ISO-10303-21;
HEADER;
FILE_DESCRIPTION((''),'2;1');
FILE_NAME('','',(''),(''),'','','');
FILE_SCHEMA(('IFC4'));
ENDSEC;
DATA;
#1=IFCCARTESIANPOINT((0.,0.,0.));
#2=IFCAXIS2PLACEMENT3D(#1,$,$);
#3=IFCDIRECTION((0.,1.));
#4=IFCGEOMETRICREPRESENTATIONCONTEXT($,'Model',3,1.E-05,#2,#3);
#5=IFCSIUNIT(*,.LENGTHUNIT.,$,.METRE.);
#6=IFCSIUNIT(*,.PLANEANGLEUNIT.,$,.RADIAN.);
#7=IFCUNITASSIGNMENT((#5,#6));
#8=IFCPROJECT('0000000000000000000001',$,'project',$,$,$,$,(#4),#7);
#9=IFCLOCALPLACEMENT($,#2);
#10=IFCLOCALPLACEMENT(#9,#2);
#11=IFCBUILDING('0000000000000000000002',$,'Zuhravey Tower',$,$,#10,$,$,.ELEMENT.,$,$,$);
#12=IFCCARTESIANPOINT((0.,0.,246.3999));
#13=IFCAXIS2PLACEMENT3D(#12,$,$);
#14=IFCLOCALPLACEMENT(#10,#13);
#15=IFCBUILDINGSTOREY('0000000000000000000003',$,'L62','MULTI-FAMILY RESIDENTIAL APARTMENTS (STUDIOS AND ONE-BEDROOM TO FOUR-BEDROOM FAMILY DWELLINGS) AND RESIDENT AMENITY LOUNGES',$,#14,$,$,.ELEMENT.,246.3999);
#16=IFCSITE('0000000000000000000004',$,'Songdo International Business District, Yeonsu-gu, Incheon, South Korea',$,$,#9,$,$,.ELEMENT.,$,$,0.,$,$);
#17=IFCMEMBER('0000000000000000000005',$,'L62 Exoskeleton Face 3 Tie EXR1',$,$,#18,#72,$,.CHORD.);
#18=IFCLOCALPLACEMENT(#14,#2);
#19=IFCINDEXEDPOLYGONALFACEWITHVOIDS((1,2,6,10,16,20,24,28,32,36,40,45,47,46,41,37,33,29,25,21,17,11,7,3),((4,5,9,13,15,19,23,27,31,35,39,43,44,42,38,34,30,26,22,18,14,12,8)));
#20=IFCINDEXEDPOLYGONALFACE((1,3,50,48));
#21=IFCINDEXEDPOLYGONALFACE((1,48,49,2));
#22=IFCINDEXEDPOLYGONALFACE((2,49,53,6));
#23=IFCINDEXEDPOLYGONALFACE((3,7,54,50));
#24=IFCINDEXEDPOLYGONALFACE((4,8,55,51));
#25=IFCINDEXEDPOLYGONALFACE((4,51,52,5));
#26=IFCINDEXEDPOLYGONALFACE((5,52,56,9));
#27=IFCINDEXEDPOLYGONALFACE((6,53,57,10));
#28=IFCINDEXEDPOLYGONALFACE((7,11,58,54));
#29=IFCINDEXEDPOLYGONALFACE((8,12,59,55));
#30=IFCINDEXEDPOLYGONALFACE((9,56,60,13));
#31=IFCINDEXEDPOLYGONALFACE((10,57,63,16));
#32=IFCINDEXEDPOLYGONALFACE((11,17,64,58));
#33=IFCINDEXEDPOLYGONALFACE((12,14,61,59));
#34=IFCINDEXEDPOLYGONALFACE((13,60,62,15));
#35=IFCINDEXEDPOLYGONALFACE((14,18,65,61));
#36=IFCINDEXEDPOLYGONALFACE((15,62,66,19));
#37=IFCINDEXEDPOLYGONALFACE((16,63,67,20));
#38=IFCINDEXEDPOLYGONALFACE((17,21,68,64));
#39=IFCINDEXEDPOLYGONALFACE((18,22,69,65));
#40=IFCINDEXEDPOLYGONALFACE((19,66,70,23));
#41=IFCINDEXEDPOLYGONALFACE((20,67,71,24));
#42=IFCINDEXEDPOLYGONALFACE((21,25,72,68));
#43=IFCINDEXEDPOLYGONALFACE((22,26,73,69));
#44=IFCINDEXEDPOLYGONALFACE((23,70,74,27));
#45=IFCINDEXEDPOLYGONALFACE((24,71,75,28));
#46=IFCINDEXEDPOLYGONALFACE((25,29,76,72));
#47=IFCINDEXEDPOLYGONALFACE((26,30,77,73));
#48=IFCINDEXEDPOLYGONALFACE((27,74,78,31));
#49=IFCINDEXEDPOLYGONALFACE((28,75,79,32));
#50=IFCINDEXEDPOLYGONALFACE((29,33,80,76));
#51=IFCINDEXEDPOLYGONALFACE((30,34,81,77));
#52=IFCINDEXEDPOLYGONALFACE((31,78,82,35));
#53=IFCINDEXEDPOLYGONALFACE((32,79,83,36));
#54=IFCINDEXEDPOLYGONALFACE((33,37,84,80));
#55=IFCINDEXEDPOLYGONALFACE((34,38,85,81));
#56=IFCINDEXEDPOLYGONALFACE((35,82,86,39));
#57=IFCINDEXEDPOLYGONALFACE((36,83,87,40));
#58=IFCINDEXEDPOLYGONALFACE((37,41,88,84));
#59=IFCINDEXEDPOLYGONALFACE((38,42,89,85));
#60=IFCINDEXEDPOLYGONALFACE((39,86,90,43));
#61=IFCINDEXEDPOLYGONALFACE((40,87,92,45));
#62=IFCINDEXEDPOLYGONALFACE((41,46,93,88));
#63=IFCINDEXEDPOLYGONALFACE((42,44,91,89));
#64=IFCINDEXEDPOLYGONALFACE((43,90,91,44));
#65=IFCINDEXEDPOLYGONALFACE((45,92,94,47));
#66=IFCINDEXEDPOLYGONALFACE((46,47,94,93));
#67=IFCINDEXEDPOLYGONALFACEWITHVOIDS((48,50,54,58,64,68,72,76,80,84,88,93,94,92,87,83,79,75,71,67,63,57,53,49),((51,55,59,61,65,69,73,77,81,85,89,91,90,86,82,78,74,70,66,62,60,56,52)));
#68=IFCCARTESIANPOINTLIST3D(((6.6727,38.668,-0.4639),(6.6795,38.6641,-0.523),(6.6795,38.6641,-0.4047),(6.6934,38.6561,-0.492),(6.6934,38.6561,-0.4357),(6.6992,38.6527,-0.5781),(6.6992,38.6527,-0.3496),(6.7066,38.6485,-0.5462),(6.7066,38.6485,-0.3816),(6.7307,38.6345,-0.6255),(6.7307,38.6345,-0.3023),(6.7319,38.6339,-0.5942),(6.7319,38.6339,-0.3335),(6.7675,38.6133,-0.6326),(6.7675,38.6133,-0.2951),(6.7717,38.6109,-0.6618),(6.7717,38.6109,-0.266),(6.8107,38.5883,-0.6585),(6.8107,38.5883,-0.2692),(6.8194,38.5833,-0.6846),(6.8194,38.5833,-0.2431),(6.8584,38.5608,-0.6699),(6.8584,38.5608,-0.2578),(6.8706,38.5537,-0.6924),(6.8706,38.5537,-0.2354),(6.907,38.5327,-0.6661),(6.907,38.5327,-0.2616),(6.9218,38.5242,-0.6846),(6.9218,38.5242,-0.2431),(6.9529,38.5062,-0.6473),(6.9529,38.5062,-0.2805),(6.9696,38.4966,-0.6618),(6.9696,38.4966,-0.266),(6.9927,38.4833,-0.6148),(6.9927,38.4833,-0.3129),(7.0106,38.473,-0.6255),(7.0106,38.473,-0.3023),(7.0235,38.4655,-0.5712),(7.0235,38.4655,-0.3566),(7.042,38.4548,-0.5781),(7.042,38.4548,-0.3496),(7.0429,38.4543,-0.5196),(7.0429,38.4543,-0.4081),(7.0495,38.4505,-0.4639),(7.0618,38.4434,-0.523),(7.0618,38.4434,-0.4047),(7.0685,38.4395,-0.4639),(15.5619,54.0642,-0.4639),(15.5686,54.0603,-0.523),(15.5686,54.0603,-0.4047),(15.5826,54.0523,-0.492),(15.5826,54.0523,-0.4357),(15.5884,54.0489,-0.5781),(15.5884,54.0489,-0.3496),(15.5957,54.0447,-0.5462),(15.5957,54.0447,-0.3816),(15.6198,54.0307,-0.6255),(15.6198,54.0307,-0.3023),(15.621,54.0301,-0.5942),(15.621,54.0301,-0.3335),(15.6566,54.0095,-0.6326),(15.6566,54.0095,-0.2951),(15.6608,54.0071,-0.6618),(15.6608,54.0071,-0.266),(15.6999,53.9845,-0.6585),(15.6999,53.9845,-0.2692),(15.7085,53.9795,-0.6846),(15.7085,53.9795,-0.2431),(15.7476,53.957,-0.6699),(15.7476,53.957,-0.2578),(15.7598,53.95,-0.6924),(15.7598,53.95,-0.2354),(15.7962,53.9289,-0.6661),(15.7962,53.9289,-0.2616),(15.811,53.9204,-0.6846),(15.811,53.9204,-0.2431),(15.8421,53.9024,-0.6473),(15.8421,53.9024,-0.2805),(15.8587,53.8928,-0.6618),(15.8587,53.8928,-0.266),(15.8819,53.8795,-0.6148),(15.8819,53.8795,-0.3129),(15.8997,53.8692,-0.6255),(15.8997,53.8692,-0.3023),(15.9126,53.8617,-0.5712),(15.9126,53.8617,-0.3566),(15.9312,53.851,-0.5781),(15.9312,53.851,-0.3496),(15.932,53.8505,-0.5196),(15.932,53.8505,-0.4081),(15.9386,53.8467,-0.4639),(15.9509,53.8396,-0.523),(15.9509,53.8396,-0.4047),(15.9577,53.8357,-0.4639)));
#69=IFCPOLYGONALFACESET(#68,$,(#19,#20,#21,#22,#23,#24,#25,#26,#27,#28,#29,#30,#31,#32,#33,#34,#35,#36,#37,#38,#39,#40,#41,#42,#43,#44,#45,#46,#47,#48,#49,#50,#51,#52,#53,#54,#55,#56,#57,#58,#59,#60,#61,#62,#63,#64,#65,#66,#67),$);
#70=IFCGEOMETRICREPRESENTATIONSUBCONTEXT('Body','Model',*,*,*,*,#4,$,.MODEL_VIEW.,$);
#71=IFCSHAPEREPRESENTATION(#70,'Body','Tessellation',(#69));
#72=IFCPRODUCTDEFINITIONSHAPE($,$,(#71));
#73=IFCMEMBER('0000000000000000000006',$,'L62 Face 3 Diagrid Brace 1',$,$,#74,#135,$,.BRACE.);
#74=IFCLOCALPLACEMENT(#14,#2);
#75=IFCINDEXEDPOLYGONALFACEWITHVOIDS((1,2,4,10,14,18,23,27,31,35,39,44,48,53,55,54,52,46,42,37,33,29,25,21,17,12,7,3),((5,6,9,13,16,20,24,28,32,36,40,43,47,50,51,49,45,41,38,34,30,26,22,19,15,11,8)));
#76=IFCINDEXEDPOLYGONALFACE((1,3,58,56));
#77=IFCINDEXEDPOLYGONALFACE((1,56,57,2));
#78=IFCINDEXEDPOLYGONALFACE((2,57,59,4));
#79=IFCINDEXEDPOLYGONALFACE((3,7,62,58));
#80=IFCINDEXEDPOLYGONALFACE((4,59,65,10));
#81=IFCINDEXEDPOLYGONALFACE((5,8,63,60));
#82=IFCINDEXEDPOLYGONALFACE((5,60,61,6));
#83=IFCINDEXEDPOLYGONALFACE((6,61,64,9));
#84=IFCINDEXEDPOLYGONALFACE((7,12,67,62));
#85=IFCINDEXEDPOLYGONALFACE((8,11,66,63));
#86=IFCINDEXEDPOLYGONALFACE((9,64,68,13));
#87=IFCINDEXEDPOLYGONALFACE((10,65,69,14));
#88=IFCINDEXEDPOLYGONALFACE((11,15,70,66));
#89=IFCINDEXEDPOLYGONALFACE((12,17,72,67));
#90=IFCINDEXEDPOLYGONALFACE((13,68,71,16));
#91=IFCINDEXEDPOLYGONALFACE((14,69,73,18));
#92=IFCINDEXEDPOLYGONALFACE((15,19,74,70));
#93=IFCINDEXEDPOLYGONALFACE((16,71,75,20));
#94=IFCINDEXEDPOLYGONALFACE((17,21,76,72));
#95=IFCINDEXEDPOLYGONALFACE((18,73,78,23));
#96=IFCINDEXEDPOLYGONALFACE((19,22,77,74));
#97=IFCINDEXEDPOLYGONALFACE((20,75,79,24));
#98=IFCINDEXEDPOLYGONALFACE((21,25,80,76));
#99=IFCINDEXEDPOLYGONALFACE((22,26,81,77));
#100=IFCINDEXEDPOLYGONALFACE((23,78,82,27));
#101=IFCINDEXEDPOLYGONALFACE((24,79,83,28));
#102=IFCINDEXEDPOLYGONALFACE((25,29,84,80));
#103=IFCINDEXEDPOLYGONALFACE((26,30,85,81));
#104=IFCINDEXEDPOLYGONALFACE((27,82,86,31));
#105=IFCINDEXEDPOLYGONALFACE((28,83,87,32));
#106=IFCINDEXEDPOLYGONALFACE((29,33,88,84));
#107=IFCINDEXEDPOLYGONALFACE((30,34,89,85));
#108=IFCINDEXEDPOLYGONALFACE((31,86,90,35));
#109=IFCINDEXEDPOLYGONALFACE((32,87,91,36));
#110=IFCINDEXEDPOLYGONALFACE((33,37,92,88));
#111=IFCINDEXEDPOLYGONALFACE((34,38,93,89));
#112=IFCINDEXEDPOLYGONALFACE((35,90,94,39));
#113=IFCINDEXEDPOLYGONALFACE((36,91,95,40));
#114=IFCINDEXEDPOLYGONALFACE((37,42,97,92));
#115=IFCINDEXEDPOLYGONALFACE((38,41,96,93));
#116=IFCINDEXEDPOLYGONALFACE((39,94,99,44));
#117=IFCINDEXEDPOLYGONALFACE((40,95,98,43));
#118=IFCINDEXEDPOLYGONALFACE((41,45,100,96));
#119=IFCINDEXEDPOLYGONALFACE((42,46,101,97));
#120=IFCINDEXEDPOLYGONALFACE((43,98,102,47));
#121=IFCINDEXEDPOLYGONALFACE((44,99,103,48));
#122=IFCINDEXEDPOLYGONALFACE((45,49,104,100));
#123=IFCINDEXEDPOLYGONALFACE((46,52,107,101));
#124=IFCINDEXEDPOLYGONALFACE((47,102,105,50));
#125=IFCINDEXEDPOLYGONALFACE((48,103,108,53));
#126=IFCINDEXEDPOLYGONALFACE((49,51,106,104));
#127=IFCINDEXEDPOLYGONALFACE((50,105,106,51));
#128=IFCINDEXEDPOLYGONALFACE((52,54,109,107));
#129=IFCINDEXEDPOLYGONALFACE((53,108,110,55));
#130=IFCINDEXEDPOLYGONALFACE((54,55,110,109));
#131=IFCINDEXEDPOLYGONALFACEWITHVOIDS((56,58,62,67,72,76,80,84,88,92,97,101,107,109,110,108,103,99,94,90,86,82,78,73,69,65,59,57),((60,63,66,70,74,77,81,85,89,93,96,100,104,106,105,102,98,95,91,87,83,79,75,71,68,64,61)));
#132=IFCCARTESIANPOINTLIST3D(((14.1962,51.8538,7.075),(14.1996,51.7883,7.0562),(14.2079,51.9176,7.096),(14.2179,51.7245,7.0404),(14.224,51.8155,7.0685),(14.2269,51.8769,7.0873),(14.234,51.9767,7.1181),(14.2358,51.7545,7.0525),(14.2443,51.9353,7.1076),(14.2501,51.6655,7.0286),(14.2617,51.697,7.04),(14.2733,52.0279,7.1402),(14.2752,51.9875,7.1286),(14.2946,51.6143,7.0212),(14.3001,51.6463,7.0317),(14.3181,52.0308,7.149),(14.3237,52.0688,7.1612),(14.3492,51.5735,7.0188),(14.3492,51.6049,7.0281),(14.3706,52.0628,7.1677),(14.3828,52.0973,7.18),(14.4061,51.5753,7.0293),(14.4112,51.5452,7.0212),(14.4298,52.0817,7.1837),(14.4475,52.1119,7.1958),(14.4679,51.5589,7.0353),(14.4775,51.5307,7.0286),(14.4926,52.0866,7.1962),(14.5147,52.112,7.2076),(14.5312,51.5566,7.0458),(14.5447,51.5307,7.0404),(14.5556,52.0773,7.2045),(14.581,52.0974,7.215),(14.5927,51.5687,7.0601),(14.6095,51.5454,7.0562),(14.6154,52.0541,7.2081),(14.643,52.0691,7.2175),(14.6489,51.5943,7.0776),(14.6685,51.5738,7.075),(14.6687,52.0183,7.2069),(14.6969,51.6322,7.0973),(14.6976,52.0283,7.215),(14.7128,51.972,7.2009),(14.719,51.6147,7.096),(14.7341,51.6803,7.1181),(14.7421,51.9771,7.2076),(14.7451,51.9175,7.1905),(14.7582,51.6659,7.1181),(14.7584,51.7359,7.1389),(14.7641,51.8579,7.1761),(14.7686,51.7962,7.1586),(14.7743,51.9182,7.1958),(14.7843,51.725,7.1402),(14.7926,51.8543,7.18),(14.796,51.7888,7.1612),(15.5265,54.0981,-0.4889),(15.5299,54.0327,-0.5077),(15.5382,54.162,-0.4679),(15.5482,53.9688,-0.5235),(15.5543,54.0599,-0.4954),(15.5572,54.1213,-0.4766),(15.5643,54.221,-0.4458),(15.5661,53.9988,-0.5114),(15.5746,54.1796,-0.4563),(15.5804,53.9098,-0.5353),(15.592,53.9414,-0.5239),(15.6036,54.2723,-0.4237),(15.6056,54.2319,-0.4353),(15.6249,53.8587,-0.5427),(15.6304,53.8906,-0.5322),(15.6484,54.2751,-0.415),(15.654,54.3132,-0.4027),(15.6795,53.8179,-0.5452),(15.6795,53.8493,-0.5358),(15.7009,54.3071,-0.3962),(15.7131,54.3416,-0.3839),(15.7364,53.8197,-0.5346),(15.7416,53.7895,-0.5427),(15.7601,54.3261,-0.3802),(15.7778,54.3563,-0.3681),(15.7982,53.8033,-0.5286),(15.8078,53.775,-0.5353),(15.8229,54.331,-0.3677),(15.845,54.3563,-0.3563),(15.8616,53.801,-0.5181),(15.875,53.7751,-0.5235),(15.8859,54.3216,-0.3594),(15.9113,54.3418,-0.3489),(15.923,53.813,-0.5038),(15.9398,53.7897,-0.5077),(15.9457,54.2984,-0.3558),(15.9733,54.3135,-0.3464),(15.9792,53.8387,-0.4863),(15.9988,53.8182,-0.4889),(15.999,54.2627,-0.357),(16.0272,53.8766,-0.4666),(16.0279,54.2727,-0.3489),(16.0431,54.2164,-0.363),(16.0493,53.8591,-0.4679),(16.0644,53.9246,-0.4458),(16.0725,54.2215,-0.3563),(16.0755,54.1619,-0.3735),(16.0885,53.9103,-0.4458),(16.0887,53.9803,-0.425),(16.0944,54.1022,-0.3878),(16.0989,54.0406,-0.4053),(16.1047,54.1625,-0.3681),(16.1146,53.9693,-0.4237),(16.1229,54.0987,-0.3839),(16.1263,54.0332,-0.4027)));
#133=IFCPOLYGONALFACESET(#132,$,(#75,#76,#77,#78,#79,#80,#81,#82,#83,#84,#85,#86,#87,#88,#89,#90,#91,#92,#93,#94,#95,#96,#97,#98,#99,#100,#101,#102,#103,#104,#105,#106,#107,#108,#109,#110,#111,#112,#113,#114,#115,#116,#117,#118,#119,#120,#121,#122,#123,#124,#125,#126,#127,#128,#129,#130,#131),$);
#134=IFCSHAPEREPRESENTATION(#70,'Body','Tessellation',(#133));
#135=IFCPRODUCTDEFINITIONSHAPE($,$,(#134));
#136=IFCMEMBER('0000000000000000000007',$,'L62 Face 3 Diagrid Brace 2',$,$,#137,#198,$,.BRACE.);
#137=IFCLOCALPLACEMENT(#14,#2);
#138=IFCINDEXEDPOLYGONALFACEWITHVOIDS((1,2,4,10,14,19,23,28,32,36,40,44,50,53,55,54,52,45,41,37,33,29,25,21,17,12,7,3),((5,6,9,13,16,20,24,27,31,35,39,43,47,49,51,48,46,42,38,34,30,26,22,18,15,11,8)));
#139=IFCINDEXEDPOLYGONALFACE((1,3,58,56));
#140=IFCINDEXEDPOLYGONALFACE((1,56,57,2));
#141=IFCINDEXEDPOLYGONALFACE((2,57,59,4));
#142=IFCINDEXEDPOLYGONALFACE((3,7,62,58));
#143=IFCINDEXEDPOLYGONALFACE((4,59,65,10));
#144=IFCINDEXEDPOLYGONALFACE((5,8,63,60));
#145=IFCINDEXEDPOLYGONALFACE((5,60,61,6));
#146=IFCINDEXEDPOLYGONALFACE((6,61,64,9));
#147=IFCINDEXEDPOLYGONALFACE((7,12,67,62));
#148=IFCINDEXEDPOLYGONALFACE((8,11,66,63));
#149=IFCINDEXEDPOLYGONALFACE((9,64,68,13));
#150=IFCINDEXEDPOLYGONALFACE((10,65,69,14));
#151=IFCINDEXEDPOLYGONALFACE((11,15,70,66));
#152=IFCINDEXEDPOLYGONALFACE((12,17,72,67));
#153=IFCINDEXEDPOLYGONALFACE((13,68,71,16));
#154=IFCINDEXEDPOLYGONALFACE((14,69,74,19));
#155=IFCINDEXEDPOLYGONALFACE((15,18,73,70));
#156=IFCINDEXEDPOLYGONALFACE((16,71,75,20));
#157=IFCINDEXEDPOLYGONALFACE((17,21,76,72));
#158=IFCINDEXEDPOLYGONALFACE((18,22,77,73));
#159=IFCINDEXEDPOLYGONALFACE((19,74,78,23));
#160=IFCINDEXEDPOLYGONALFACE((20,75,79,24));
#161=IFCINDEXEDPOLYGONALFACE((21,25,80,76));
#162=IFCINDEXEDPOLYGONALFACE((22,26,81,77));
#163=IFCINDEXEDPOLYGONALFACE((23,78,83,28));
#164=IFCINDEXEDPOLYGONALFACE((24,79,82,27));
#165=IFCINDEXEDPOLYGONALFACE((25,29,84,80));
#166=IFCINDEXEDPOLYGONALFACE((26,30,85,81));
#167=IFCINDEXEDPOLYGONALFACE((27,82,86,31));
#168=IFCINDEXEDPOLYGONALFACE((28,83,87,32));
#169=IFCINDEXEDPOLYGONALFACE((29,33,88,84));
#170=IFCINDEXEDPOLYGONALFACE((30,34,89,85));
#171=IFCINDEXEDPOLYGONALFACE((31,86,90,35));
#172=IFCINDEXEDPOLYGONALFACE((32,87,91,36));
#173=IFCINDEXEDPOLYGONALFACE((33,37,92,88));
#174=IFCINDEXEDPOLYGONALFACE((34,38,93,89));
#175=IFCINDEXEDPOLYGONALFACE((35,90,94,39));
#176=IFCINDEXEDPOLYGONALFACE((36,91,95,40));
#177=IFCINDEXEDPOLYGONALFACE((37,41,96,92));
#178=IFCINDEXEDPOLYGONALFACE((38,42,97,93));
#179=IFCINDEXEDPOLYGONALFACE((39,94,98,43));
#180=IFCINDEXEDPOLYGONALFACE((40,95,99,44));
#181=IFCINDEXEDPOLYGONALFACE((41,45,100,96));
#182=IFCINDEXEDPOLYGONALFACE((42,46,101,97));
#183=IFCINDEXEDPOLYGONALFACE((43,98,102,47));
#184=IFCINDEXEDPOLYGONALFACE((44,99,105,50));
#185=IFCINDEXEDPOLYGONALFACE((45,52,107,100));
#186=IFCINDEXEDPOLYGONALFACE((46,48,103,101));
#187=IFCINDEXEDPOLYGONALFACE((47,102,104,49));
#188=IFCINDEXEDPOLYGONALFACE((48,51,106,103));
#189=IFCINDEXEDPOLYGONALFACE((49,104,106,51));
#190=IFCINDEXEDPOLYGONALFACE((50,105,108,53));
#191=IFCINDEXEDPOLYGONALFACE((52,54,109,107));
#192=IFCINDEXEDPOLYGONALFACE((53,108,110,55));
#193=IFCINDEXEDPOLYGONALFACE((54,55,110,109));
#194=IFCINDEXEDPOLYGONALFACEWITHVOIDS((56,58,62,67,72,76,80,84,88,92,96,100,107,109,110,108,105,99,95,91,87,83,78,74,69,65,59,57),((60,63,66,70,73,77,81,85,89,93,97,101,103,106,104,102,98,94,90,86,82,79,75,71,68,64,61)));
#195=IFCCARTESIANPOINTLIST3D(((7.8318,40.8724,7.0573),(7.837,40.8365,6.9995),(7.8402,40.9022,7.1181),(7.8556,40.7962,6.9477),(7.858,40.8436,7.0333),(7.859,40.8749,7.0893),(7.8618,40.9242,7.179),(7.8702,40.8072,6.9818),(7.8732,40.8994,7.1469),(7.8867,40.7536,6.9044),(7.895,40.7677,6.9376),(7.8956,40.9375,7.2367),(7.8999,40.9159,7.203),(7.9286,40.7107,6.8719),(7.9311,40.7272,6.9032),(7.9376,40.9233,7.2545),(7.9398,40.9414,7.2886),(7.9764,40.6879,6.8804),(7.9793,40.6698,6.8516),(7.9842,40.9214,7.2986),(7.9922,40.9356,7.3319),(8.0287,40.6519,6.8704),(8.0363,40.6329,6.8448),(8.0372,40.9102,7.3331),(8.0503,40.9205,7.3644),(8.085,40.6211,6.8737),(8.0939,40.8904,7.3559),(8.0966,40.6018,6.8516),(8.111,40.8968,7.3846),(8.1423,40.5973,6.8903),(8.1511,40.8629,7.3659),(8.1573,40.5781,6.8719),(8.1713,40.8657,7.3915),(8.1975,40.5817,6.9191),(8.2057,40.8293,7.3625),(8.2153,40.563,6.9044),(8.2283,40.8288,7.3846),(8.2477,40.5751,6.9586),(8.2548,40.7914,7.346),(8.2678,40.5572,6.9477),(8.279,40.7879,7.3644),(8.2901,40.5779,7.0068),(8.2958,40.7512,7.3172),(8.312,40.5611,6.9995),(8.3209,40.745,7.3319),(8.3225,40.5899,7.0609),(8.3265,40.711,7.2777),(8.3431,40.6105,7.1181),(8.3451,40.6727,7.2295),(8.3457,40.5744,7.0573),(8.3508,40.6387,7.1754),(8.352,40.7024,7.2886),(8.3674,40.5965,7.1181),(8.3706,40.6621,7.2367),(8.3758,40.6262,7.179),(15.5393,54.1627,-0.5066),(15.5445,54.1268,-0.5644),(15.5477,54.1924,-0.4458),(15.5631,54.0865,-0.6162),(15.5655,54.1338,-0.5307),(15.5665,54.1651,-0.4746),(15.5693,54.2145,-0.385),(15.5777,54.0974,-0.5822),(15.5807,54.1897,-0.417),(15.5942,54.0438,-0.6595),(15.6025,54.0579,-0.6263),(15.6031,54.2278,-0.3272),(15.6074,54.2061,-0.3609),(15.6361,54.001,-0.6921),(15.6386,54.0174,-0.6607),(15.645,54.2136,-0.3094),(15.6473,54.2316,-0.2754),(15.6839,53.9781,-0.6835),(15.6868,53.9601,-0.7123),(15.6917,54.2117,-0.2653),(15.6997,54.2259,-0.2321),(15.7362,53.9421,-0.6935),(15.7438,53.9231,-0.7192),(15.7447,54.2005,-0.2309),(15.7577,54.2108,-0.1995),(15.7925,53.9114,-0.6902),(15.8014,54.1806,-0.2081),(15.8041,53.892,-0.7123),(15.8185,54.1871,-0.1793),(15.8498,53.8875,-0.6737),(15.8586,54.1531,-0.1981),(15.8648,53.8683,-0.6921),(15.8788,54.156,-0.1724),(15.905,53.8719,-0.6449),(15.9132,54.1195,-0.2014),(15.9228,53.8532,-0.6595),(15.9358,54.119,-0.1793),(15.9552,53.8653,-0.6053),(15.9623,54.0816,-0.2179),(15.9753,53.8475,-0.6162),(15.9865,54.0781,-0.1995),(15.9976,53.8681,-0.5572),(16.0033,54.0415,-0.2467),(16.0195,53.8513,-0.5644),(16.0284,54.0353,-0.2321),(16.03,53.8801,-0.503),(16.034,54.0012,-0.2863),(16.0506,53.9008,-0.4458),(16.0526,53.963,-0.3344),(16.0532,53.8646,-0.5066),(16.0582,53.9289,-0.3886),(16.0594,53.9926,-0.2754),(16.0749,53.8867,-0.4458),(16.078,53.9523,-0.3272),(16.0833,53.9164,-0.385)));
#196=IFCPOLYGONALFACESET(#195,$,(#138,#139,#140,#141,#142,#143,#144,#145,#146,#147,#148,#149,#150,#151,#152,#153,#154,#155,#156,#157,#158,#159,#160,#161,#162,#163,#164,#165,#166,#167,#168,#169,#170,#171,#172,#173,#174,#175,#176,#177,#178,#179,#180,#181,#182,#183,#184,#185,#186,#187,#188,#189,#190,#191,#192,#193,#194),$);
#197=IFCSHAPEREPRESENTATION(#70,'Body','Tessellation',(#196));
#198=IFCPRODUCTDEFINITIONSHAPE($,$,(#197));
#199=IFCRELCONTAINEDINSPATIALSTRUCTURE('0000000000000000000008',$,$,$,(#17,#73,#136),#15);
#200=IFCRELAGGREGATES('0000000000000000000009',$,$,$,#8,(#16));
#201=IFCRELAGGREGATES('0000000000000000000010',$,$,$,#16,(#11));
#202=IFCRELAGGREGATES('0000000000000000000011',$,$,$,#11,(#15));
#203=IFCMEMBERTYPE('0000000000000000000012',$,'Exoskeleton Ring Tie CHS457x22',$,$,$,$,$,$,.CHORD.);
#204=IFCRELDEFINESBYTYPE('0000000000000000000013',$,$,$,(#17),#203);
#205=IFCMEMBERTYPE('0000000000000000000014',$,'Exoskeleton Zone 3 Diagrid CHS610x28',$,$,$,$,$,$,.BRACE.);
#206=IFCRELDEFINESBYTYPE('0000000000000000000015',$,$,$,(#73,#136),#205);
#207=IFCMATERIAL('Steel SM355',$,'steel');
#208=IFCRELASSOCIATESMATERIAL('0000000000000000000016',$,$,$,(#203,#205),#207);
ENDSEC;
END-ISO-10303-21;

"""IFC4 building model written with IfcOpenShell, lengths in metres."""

from ifc_helpers import new_model, si_unit, direction, frame, origin, origin_2d, place, context, subcontext, project, spatial, hollow_circle, extrude, material, material_profile, profile_set, type_object, element, save


model = new_model("IFC4")

# Units and contexts
model_context = context("Model", 3, precision=1e-05, world=origin(), true_north=direction((0.0, 1.0)))
body_context = subcontext(model_context, "Body", "Model", "MODEL_VIEW")
ifc_project = project(units=[si_unit("LENGTHUNIT", "METRE"), si_unit("PLANEANGLEUNIT", "RADIAN")], contexts=[model_context])

# Site, building, storey
site_placement = place(None, origin())
site = spatial("IfcSite", under=ifc_project, at=site_placement, Name="Songdo International Business District, Yeonsu-gu, Incheon, South Korea", CompositionType="ELEMENT", RefElevation=0.0)
building_placement = place(site_placement, origin())
building = spatial("IfcBuilding", under=site, at=building_placement, Name="Zuhravey Tower", CompositionType="ELEMENT")
storey_placement = place(building_placement, frame((0.0, 0.0, 246.3999)))
storey = spatial("IfcBuildingStorey", under=building, at=storey_placement, Name="L62", Description="MULTI-FAMILY RESIDENTIAL APARTMENTS (STUDIOS AND ONE-BEDROOM TO FOUR-BEDROOM FAMILY DWELLINGS) AND RESIDENT AMENITY LOUNGES", CompositionType="ELEMENT", Elevation=246.3999)

# Members
ifc_material_1 = material(Name="Steel SM355", Category="steel")
ifc_material_profile_1 = material_profile(ifc_material_1, hollow_circle(Radius=0.2285, WallThickness=0.022, at=origin_2d()), Name="CHS-457.2x22")
ifc_profile_set_1 = profile_set([ifc_material_profile_1], Name="Steel SM355")
member_type_1 = type_object("IfcMemberType", Name="Exoskeleton Ring Tie CHS457x22", PredefinedType="CHORD", material=ifc_profile_set_1)
member_1_placement = place(storey_placement, frame((15.7598, 53.95, -0.4639), z_axis=(-0.500006, -0.866022, 0.0), x_axis=(0.866022, -0.500006, 0.0)))
element("IfcMember", 1, at=member_1_placement, inside=storey, type_object=member_type_1, Name="L62 Exoskeleton Face 3 Tie EXR1", PredefinedType="CHORD", context=body_context, shape_type="SweptSolid", body=[
    extrude(hollow_circle(Radius=0.2285, WallThickness=0.022, at=origin_2d()), origin(), (0.0, 0.0, 1.0), 17.7781),
])
ifc_material_profile_2 = material_profile(ifc_material_1, hollow_circle(Radius=0.3047, WallThickness=0.0281, at=origin_2d()), Name="CHS-609.6x28")
ifc_profile_set_2 = profile_set([ifc_material_profile_2], Name="Steel SM355")
member_type_2 = type_object("IfcMemberType", Name="Exoskeleton Zone 3 Diagrid CHS610x28", PredefinedType="BRACE", material=ifc_profile_set_2)
member_2_placement = place(storey_placement, frame((15.8264, 54.0657, -0.4458), z_axis=(-0.166264, -0.280503, 0.945344), x_axis=(0.860238, -0.509892, 0.0)))
element("IfcMember", 2, at=member_2_placement, inside=storey, type_object=member_type_2, Name="L62 Face 3 Diagrid Brace 1", PredefinedType="BRACE", context=body_context, shape_type="SweptSolid", body=[
    extrude(hollow_circle(Radius=0.3047, WallThickness=0.0281, at=origin_2d()), origin(), (0.0, 0.0, 1.0), 8.0012),
])
member_3_placement = place(storey_placement, frame((15.8113, 54.0396, -0.4458), z_axis=(-0.450085, -0.776094, 0.441702), x_axis=(0.865055, -0.501677, 0.0)))
element("IfcMember", 3, at=member_3_placement, inside=storey, type_object=member_type_2, Name="L62 Face 3 Diagrid Brace 2", PredefinedType="BRACE", context=body_context, shape_type="SweptSolid", body=[
    extrude(hollow_circle(Radius=0.3047, WallThickness=0.0281, at=origin_2d()), origin(), (0.0, 0.0, 1.0), 17.1245),
])

save(model, "model.ifc")
